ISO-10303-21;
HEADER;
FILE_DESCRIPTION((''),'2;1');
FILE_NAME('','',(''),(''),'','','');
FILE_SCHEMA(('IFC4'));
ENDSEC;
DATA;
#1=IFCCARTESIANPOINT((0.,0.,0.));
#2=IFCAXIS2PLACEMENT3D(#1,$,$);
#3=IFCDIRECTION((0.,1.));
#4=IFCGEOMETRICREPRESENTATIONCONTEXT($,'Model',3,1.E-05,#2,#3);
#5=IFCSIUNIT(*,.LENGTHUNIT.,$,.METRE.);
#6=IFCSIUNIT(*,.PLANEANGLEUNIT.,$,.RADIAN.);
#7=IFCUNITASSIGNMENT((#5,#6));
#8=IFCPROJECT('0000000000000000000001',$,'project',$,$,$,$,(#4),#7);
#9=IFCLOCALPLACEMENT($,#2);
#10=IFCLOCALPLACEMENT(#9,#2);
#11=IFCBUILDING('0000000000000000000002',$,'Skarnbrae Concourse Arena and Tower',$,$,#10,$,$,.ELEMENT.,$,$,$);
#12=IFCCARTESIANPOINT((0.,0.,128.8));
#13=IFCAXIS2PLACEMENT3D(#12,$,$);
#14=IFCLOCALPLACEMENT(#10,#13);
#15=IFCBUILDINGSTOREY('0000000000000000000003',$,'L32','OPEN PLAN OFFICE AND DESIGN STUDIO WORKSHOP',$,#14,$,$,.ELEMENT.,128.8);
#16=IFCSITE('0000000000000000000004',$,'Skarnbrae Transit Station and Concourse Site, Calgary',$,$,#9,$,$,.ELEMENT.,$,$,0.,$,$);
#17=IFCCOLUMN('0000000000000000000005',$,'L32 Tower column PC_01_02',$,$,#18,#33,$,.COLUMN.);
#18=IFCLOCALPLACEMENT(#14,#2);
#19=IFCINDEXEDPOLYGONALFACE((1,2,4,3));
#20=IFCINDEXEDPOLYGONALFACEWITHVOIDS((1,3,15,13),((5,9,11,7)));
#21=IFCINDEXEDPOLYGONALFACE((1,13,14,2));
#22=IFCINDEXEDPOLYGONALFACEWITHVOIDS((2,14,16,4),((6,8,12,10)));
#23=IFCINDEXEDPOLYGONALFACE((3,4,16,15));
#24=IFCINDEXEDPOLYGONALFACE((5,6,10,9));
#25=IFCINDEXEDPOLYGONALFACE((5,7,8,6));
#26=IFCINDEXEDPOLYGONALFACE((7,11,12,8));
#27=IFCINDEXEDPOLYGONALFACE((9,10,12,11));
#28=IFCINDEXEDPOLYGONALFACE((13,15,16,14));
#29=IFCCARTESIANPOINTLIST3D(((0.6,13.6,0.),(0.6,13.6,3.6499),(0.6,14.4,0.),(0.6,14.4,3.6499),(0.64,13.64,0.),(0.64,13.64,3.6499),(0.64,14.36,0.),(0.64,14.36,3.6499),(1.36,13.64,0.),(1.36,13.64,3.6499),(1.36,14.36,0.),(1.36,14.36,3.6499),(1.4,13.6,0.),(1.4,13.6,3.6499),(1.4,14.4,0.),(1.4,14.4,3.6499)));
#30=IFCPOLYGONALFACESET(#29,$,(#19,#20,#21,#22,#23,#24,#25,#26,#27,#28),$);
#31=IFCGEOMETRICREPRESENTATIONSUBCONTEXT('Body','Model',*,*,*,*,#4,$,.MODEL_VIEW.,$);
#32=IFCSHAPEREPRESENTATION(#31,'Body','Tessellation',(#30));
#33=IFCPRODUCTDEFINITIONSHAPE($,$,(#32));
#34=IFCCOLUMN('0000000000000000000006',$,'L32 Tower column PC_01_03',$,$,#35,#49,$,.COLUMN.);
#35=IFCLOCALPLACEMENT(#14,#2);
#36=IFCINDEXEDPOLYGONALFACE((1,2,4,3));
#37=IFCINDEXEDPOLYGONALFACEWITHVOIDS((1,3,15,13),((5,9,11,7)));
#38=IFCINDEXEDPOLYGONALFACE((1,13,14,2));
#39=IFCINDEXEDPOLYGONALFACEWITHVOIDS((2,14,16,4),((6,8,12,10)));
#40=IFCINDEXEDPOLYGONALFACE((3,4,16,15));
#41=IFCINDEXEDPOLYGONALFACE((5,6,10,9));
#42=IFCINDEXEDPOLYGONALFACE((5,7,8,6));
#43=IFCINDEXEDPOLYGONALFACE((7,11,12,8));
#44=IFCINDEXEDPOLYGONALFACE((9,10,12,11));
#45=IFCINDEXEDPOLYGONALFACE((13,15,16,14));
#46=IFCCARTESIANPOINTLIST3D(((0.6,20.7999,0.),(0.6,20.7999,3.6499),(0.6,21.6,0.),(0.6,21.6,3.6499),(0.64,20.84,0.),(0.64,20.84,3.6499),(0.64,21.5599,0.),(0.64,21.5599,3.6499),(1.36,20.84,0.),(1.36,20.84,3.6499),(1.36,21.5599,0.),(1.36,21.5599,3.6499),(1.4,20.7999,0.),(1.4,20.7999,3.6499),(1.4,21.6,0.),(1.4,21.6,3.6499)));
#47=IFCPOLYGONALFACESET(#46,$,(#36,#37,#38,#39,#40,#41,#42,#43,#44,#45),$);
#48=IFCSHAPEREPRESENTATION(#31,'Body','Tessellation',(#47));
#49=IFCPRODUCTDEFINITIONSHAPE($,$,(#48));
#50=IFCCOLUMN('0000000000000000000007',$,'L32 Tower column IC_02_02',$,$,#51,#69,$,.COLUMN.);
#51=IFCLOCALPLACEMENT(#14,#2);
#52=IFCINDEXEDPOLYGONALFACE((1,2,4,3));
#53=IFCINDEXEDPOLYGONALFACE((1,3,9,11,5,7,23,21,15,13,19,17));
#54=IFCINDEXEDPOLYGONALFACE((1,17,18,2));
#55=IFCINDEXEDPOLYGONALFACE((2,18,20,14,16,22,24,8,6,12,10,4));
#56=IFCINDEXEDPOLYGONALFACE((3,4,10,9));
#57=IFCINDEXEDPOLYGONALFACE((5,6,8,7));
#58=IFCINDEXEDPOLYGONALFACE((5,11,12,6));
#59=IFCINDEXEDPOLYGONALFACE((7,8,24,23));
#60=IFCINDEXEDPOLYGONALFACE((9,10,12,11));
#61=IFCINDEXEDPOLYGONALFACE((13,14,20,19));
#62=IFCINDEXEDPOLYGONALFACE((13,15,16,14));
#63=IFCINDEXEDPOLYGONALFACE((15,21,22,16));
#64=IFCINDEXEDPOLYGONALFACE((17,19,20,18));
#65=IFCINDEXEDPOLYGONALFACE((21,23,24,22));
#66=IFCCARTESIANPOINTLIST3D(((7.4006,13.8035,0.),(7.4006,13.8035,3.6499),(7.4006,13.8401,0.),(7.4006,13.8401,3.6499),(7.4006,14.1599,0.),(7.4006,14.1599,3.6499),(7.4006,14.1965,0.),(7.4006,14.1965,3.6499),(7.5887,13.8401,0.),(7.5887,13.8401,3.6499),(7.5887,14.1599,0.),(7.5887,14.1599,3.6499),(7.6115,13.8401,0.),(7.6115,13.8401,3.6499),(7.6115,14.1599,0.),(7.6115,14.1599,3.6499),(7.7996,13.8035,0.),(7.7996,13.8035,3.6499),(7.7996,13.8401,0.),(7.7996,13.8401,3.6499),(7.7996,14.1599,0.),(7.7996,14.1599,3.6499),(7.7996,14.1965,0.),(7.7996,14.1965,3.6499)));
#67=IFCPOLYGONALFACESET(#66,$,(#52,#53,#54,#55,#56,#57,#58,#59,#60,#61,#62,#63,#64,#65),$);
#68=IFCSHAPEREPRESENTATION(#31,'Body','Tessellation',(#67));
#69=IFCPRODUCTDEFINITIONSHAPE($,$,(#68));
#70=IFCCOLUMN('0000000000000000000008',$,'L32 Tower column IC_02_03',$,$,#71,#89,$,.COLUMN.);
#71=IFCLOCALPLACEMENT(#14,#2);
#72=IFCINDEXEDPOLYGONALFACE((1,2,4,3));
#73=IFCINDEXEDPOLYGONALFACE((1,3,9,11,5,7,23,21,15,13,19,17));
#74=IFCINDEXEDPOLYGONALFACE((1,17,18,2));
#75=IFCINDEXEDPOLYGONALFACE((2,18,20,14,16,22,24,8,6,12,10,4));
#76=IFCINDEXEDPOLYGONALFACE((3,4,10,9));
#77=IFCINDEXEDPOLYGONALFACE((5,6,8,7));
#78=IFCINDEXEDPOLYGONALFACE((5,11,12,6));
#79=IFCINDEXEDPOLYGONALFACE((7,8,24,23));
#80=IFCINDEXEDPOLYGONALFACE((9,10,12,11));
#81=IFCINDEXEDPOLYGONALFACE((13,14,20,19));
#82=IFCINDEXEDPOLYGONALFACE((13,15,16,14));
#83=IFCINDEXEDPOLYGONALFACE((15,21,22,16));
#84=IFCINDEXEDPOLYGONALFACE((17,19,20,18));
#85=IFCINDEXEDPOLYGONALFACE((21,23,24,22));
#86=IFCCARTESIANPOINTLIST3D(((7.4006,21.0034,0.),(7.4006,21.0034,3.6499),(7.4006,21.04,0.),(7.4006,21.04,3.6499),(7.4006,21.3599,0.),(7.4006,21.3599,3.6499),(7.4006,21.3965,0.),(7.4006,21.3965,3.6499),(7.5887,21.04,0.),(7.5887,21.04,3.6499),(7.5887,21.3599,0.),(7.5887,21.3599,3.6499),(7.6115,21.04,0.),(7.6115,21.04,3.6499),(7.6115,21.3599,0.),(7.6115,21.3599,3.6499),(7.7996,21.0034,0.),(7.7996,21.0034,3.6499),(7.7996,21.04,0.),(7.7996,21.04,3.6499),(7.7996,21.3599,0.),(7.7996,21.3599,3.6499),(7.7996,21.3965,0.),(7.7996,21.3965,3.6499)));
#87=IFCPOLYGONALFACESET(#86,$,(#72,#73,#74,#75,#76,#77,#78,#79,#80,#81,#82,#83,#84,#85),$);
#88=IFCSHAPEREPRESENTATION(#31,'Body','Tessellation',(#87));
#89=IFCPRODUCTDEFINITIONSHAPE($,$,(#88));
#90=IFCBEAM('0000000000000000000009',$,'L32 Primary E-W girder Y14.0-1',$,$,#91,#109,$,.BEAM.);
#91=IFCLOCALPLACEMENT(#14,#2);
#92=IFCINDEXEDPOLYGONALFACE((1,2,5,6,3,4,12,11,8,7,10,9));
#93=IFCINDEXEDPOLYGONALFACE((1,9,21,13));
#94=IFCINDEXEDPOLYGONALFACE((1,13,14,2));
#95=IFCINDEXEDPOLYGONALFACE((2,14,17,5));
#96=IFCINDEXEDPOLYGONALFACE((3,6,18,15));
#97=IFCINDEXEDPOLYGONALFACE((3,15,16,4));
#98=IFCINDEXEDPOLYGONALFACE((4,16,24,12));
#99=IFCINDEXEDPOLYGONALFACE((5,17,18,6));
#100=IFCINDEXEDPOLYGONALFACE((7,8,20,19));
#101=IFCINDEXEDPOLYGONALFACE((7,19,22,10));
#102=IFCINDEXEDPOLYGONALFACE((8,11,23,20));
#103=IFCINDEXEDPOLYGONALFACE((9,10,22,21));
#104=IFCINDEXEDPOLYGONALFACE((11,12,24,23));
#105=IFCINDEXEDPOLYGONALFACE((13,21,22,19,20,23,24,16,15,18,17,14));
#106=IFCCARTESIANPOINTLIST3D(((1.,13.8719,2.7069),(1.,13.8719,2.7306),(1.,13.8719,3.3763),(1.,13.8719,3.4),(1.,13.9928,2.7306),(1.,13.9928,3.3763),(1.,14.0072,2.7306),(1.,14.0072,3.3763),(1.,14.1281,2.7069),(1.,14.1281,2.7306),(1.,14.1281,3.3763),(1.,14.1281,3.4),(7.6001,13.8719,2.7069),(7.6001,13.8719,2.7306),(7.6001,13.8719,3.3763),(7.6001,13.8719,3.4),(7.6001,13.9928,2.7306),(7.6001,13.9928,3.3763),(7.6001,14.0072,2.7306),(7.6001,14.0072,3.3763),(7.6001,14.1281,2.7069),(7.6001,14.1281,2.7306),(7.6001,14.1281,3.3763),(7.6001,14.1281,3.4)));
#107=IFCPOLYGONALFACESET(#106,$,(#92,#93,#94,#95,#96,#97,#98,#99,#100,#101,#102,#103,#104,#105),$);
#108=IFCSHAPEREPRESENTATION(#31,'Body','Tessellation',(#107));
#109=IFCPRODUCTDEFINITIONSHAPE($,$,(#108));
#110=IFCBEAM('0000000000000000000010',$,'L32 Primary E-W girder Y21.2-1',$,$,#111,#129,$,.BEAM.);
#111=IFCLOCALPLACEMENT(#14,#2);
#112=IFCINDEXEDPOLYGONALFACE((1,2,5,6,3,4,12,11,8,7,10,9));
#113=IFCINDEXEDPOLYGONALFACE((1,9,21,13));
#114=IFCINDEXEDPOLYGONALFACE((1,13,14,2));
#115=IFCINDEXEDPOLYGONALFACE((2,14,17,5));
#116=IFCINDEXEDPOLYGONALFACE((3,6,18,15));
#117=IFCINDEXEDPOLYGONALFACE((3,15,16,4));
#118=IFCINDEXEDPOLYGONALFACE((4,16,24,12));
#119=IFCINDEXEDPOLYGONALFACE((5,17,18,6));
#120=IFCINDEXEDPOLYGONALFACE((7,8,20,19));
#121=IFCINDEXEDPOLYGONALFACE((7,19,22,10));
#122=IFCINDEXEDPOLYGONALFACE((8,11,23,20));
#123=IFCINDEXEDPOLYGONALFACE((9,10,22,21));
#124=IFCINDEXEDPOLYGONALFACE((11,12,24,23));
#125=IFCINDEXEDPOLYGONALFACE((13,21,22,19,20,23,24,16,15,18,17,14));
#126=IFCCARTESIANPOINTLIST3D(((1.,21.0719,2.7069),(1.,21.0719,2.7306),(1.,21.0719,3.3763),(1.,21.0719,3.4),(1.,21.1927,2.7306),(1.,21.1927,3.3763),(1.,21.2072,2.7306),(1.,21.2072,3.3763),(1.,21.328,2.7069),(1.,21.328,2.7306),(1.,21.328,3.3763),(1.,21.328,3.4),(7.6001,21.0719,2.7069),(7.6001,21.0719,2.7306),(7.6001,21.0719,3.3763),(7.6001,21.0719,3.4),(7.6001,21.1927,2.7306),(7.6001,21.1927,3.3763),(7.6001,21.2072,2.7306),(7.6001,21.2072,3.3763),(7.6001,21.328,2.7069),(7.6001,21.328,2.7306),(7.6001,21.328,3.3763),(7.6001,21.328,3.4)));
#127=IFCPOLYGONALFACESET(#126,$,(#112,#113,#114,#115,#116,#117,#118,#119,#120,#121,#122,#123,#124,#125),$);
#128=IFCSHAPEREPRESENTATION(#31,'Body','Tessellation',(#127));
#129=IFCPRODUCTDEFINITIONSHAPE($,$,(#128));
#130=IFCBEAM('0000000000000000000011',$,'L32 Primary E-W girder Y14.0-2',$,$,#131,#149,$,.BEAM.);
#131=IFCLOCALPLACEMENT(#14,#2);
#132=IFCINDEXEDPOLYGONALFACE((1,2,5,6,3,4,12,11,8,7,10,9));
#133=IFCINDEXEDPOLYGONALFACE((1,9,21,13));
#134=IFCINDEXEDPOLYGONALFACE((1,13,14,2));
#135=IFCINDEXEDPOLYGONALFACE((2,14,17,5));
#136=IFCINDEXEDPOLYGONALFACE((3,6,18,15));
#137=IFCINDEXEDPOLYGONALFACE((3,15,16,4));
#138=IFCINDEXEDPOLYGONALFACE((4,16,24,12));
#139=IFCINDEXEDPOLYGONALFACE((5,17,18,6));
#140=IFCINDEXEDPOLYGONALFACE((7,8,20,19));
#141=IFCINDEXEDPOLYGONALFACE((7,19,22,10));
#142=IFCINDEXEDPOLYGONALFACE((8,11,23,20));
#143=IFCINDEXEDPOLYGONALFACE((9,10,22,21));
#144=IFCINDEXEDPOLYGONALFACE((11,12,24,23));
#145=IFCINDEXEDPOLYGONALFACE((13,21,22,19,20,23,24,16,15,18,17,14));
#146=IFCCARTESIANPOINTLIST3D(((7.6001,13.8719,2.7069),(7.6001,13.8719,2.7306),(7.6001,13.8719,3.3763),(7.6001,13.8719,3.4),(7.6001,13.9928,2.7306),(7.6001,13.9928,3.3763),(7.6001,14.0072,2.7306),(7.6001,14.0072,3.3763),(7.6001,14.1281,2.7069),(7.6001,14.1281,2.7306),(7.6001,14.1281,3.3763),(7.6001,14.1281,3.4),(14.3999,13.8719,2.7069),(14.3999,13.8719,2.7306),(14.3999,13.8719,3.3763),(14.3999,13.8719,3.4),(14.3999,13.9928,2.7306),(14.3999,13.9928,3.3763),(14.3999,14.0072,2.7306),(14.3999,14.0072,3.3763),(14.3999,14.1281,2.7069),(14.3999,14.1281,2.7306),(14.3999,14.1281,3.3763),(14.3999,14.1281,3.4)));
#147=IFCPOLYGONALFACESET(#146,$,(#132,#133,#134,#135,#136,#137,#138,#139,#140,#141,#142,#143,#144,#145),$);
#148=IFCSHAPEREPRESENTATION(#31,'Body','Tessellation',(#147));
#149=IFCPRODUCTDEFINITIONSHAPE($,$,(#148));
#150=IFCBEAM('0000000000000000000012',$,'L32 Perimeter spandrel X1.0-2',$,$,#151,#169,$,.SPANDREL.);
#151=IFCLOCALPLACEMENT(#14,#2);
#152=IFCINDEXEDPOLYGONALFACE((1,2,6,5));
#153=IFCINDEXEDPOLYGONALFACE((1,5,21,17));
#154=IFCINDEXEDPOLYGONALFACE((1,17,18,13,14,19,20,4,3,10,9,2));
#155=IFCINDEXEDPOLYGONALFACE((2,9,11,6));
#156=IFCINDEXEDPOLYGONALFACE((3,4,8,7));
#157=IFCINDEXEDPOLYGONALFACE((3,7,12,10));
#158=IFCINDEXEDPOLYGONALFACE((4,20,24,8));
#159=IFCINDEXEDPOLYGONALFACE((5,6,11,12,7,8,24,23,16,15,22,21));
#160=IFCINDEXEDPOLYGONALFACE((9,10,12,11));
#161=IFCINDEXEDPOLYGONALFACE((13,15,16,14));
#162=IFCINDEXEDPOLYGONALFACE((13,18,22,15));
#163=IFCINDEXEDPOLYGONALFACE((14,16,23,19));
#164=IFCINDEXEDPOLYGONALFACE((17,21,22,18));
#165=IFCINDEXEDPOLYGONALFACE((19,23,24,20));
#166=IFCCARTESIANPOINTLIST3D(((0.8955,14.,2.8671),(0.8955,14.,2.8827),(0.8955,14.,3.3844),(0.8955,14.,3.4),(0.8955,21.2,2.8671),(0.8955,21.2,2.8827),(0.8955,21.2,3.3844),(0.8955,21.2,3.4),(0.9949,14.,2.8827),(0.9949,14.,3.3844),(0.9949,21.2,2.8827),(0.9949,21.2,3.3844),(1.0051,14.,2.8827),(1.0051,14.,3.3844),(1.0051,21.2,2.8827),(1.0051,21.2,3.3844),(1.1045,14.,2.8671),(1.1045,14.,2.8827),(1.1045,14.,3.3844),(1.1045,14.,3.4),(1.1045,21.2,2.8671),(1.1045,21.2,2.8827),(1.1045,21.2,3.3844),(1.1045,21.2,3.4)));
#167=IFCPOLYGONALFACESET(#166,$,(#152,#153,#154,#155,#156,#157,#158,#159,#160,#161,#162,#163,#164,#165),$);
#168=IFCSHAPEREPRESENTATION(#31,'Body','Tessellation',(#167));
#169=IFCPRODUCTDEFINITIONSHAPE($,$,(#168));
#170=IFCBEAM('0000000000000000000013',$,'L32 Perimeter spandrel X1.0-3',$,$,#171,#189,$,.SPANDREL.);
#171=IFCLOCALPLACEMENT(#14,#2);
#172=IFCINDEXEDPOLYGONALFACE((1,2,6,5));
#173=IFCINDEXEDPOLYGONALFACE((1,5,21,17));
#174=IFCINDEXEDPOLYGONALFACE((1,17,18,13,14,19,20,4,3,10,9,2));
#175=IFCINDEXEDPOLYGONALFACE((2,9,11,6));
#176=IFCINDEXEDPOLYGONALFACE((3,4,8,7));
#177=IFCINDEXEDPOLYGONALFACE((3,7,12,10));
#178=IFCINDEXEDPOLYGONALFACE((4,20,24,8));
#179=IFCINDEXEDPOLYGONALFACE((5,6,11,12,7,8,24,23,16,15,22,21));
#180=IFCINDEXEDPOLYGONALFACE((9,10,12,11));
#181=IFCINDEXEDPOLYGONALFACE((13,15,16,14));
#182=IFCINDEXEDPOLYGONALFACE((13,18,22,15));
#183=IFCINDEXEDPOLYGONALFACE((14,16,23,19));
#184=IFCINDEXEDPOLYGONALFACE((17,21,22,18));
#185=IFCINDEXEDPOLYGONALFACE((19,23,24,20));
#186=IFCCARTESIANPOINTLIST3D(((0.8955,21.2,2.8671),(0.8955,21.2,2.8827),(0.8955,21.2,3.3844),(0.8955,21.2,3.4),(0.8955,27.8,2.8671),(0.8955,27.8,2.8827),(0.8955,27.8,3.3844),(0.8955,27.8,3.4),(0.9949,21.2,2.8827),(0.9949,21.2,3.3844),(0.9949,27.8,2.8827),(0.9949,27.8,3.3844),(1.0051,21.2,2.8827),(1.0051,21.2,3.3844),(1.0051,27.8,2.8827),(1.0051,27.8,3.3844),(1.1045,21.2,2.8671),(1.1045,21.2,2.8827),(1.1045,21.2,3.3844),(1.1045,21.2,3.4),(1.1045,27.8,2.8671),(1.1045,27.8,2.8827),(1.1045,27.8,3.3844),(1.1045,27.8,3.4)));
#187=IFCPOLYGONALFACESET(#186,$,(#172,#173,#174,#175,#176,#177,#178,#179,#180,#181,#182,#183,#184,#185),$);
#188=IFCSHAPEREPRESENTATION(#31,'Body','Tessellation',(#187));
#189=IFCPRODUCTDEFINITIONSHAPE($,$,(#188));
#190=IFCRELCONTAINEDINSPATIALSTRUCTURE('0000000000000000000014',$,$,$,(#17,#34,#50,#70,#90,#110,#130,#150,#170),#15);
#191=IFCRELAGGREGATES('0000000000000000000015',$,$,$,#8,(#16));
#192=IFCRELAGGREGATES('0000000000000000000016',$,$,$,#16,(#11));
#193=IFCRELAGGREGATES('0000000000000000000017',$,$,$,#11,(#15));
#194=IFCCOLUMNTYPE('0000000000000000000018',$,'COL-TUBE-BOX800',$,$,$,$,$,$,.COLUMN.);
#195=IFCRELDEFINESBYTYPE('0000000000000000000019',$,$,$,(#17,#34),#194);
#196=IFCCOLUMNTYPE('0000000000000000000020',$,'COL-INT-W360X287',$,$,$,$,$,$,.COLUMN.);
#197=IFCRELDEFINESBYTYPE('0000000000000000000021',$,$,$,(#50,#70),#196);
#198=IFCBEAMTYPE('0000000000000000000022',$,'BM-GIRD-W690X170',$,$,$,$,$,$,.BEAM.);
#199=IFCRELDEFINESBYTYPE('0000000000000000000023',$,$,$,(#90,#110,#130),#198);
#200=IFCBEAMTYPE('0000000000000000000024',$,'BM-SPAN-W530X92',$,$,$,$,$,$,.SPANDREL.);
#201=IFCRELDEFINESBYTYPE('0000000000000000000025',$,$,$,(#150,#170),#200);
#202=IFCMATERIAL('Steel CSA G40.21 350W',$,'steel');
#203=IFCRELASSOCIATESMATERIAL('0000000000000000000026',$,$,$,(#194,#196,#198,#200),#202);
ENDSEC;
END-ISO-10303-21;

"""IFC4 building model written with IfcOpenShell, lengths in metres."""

from ifc_helpers import new_model, si_unit, direction, frame, origin, origin_2d, place, context, subcontext, project, spatial, hollow_rectangle, i_section, extrude, source, transform, mapped, material, material_profile, profile_set, type_object, element, save


model = new_model("IFC4")

# Units and contexts
model_context = context("Model", 3, precision=1e-05, world=origin(), true_north=direction((0.0, 1.0)))
body_context = subcontext(model_context, "Body", "Model", "MODEL_VIEW")
ifc_project = project(units=[si_unit("LENGTHUNIT", "METRE"), si_unit("PLANEANGLEUNIT", "RADIAN")], contexts=[model_context])

# Site, building, storey
site_placement = place(None, origin())
site = spatial("IfcSite", under=ifc_project, at=site_placement, Name="Skarnbrae Transit Station and Concourse Site, Calgary", CompositionType="ELEMENT", RefElevation=0.0)
building_placement = place(site_placement, origin())
building = spatial("IfcBuilding", under=site, at=building_placement, Name="Skarnbrae Concourse Arena and Tower", CompositionType="ELEMENT")
storey_placement = place(building_placement, frame((0.0, 0.0, 128.8)))
storey = spatial("IfcBuildingStorey", under=building, at=storey_placement, Name="L32", Description="OPEN PLAN OFFICE AND DESIGN STUDIO WORKSHOP", CompositionType="ELEMENT", Elevation=128.8)

# Columns
ifc_material_1 = material(Name="Steel CSA G40.21 350W", Category="steel")
ifc_material_profile_1 = material_profile(ifc_material_1, hollow_rectangle(XDim=0.8, YDim=0.8, WallThickness=0.04, at=origin_2d()), Name="BOX800X800X40")
ifc_profile_set_1 = profile_set([ifc_material_profile_1], Name="Steel CSA G40.21 350W")
column_type_1 = type_object("IfcColumnType", Name="COL-TUBE-BOX800", PredefinedType="COLUMN", material=ifc_profile_set_1)
shared_shape_1 = source(origin(), body_context, "Body", "SweptSolid", [
    extrude(hollow_rectangle(XDim=0.8, YDim=0.8, WallThickness=0.04, at=origin_2d()), origin(), (0.0, 0.0, 1.0), 3.6499),
])
for number, where, z_axis, x_axis, name in (
    (1, (1.0, 14.0, 0.0), (0.0, 0.0, 1.0), (1.0, 0.0, 0.0), "L32 Tower column PC_01_02"),
    (2, (1.0, 21.2, 0.0), (0.0, 0.0, 1.0), (1.0, 0.0, 0.0), "L32 Tower column PC_01_03"),
):
    element("IfcColumn", number, at=place(storey_placement, frame(where, z_axis=z_axis, x_axis=x_axis)), inside=storey, type_object=column_type_1, Name=name, PredefinedType="COLUMN", context=body_context, shape_type="MappedRepresentation", body=[
        mapped(shared_shape_1, transform((0.0, 0.0, 0.0))),
    ])
ifc_material_profile_2 = material_profile(ifc_material_1, i_section(OverallWidth=0.3989, OverallDepth=0.3931, WebThickness=0.0227, FlangeThickness=0.0366, at=origin_2d()), Name="W360X287")
ifc_profile_set_2 = profile_set([ifc_material_profile_2], Name="Steel CSA G40.21 350W")
column_type_2 = type_object("IfcColumnType", Name="COL-INT-W360X287", PredefinedType="COLUMN", material=ifc_profile_set_2)
shared_shape_2 = source(origin(), body_context, "Body", "SweptSolid", [
    extrude(i_section(OverallWidth=0.3989, OverallDepth=0.3931, WebThickness=0.0227, FlangeThickness=0.0366, at=origin_2d()), origin(), (0.0, 0.0, 1.0), 3.6499),
])
for number, where, z_axis, x_axis, name in (
    (3, (7.6001, 14.0, 0.0), (0.0, 0.0, 1.0), (1.0, 0.0, 0.0), "L32 Tower column IC_02_02"),
    (4, (7.6001, 21.2, 0.0), (0.0, 0.0, 1.0), (1.0, 0.0, 0.0), "L32 Tower column IC_02_03"),
):
    element("IfcColumn", number, at=place(storey_placement, frame(where, z_axis=z_axis, x_axis=x_axis)), inside=storey, type_object=column_type_2, Name=name, PredefinedType="COLUMN", context=body_context, shape_type="MappedRepresentation", body=[
        mapped(shared_shape_2, transform((0.0, 0.0, 0.0))),
    ])

# Beams
ifc_material_profile_3 = material_profile(ifc_material_1, i_section(OverallWidth=0.2561, OverallDepth=0.6931, WebThickness=0.0144, FlangeThickness=0.0237, at=origin_2d()), Name="W690X170")
ifc_profile_set_3 = profile_set([ifc_material_profile_3], Name="Steel CSA G40.21 350W")
beam_type_1 = type_object("IfcBeamType", Name="BM-GIRD-W690X170", PredefinedType="BEAM", material=ifc_profile_set_3)
shared_shape_3 = source(origin(), body_context, "Body", "SweptSolid", [
    extrude(i_section(OverallWidth=0.2561, OverallDepth=0.6931, WebThickness=0.0144, FlangeThickness=0.0237, at=origin_2d()), origin(), (0.0, 0.0, 1.0), 6.6001),
])
for number, where, z_axis, x_axis, name in (
    (5, (1.0, 14.0, 3.0535), (1.0, 0.0, 0.0), (0.0, 1.0, 0.0), "L32 Primary E-W girder Y14.0-1"),
    (6, (1.0, 21.2, 3.0535), (1.0, 0.0, 0.0), (0.0, 1.0, 0.0), "L32 Primary E-W girder Y21.2-1"),
):
    element("IfcBeam", number, at=place(storey_placement, frame(where, z_axis=z_axis, x_axis=x_axis)), inside=storey, type_object=beam_type_1, Name=name, PredefinedType="BEAM", context=body_context, shape_type="MappedRepresentation", body=[
        mapped(shared_shape_3, transform((0.0, 0.0, 0.0))),
    ])
shared_shape_4 = source(origin(), body_context, "Body", "SweptSolid", [
    extrude(i_section(OverallWidth=0.2561, OverallDepth=0.6931, WebThickness=0.0144, FlangeThickness=0.0237, at=origin_2d()), origin(), (0.0, 0.0, 1.0), 6.7998),
])
beam_1_placement = place(storey_placement, frame((7.6001, 14.0, 3.0535), z_axis=(1.0, 0.0, 0.0), x_axis=(0.0, 1.0, 0.0)))
element("IfcBeam", 7, at=beam_1_placement, inside=storey, type_object=beam_type_1, Name="L32 Primary E-W girder Y14.0-2", PredefinedType="BEAM", context=body_context, shape_type="MappedRepresentation", body=[
    mapped(shared_shape_4, transform((0.0, 0.0, 0.0))),
])
ifc_material_profile_4 = material_profile(ifc_material_1, i_section(OverallWidth=0.209, OverallDepth=0.533, WebThickness=0.0103, FlangeThickness=0.0156, at=origin_2d()), Name="W530X92")
ifc_profile_set_4 = profile_set([ifc_material_profile_4], Name="Steel CSA G40.21 350W")
beam_type_2 = type_object("IfcBeamType", Name="BM-SPAN-W530X92", PredefinedType="SPANDREL", material=ifc_profile_set_4)
shared_shape_5 = source(origin(), body_context, "Body", "SweptSolid", [
    extrude(i_section(OverallWidth=0.209, OverallDepth=0.533, WebThickness=0.0103, FlangeThickness=0.0156, at=origin_2d()), origin(), (0.0, 0.0, 1.0), 7.2),
])
beam_2_placement = place(storey_placement, frame((1.0, 14.0, 3.1335), z_axis=(0.0, 1.0, 0.0), x_axis=(-1.0, 0.0, 0.0)))
element("IfcBeam", 8, at=beam_2_placement, inside=storey, type_object=beam_type_2, Name="L32 Perimeter spandrel X1.0-2", PredefinedType="SPANDREL", context=body_context, shape_type="MappedRepresentation", body=[
    mapped(shared_shape_5, transform((0.0, 0.0, 0.0))),
])
shared_shape_6 = source(origin(), body_context, "Body", "SweptSolid", [
    extrude(i_section(OverallWidth=0.209, OverallDepth=0.533, WebThickness=0.0103, FlangeThickness=0.0156, at=origin_2d()), origin(), (0.0, 0.0, 1.0), 6.6001),
])
beam_3_placement = place(storey_placement, frame((1.0, 21.2, 3.1335), z_axis=(0.0, 1.0, 0.0), x_axis=(-1.0, 0.0, 0.0)))
element("IfcBeam", 9, at=beam_3_placement, inside=storey, type_object=beam_type_2, Name="L32 Perimeter spandrel X1.0-3", PredefinedType="SPANDREL", context=body_context, shape_type="MappedRepresentation", body=[
    mapped(shared_shape_6, transform((0.0, 0.0, 0.0))),
])

save(model, "model.ifc")
